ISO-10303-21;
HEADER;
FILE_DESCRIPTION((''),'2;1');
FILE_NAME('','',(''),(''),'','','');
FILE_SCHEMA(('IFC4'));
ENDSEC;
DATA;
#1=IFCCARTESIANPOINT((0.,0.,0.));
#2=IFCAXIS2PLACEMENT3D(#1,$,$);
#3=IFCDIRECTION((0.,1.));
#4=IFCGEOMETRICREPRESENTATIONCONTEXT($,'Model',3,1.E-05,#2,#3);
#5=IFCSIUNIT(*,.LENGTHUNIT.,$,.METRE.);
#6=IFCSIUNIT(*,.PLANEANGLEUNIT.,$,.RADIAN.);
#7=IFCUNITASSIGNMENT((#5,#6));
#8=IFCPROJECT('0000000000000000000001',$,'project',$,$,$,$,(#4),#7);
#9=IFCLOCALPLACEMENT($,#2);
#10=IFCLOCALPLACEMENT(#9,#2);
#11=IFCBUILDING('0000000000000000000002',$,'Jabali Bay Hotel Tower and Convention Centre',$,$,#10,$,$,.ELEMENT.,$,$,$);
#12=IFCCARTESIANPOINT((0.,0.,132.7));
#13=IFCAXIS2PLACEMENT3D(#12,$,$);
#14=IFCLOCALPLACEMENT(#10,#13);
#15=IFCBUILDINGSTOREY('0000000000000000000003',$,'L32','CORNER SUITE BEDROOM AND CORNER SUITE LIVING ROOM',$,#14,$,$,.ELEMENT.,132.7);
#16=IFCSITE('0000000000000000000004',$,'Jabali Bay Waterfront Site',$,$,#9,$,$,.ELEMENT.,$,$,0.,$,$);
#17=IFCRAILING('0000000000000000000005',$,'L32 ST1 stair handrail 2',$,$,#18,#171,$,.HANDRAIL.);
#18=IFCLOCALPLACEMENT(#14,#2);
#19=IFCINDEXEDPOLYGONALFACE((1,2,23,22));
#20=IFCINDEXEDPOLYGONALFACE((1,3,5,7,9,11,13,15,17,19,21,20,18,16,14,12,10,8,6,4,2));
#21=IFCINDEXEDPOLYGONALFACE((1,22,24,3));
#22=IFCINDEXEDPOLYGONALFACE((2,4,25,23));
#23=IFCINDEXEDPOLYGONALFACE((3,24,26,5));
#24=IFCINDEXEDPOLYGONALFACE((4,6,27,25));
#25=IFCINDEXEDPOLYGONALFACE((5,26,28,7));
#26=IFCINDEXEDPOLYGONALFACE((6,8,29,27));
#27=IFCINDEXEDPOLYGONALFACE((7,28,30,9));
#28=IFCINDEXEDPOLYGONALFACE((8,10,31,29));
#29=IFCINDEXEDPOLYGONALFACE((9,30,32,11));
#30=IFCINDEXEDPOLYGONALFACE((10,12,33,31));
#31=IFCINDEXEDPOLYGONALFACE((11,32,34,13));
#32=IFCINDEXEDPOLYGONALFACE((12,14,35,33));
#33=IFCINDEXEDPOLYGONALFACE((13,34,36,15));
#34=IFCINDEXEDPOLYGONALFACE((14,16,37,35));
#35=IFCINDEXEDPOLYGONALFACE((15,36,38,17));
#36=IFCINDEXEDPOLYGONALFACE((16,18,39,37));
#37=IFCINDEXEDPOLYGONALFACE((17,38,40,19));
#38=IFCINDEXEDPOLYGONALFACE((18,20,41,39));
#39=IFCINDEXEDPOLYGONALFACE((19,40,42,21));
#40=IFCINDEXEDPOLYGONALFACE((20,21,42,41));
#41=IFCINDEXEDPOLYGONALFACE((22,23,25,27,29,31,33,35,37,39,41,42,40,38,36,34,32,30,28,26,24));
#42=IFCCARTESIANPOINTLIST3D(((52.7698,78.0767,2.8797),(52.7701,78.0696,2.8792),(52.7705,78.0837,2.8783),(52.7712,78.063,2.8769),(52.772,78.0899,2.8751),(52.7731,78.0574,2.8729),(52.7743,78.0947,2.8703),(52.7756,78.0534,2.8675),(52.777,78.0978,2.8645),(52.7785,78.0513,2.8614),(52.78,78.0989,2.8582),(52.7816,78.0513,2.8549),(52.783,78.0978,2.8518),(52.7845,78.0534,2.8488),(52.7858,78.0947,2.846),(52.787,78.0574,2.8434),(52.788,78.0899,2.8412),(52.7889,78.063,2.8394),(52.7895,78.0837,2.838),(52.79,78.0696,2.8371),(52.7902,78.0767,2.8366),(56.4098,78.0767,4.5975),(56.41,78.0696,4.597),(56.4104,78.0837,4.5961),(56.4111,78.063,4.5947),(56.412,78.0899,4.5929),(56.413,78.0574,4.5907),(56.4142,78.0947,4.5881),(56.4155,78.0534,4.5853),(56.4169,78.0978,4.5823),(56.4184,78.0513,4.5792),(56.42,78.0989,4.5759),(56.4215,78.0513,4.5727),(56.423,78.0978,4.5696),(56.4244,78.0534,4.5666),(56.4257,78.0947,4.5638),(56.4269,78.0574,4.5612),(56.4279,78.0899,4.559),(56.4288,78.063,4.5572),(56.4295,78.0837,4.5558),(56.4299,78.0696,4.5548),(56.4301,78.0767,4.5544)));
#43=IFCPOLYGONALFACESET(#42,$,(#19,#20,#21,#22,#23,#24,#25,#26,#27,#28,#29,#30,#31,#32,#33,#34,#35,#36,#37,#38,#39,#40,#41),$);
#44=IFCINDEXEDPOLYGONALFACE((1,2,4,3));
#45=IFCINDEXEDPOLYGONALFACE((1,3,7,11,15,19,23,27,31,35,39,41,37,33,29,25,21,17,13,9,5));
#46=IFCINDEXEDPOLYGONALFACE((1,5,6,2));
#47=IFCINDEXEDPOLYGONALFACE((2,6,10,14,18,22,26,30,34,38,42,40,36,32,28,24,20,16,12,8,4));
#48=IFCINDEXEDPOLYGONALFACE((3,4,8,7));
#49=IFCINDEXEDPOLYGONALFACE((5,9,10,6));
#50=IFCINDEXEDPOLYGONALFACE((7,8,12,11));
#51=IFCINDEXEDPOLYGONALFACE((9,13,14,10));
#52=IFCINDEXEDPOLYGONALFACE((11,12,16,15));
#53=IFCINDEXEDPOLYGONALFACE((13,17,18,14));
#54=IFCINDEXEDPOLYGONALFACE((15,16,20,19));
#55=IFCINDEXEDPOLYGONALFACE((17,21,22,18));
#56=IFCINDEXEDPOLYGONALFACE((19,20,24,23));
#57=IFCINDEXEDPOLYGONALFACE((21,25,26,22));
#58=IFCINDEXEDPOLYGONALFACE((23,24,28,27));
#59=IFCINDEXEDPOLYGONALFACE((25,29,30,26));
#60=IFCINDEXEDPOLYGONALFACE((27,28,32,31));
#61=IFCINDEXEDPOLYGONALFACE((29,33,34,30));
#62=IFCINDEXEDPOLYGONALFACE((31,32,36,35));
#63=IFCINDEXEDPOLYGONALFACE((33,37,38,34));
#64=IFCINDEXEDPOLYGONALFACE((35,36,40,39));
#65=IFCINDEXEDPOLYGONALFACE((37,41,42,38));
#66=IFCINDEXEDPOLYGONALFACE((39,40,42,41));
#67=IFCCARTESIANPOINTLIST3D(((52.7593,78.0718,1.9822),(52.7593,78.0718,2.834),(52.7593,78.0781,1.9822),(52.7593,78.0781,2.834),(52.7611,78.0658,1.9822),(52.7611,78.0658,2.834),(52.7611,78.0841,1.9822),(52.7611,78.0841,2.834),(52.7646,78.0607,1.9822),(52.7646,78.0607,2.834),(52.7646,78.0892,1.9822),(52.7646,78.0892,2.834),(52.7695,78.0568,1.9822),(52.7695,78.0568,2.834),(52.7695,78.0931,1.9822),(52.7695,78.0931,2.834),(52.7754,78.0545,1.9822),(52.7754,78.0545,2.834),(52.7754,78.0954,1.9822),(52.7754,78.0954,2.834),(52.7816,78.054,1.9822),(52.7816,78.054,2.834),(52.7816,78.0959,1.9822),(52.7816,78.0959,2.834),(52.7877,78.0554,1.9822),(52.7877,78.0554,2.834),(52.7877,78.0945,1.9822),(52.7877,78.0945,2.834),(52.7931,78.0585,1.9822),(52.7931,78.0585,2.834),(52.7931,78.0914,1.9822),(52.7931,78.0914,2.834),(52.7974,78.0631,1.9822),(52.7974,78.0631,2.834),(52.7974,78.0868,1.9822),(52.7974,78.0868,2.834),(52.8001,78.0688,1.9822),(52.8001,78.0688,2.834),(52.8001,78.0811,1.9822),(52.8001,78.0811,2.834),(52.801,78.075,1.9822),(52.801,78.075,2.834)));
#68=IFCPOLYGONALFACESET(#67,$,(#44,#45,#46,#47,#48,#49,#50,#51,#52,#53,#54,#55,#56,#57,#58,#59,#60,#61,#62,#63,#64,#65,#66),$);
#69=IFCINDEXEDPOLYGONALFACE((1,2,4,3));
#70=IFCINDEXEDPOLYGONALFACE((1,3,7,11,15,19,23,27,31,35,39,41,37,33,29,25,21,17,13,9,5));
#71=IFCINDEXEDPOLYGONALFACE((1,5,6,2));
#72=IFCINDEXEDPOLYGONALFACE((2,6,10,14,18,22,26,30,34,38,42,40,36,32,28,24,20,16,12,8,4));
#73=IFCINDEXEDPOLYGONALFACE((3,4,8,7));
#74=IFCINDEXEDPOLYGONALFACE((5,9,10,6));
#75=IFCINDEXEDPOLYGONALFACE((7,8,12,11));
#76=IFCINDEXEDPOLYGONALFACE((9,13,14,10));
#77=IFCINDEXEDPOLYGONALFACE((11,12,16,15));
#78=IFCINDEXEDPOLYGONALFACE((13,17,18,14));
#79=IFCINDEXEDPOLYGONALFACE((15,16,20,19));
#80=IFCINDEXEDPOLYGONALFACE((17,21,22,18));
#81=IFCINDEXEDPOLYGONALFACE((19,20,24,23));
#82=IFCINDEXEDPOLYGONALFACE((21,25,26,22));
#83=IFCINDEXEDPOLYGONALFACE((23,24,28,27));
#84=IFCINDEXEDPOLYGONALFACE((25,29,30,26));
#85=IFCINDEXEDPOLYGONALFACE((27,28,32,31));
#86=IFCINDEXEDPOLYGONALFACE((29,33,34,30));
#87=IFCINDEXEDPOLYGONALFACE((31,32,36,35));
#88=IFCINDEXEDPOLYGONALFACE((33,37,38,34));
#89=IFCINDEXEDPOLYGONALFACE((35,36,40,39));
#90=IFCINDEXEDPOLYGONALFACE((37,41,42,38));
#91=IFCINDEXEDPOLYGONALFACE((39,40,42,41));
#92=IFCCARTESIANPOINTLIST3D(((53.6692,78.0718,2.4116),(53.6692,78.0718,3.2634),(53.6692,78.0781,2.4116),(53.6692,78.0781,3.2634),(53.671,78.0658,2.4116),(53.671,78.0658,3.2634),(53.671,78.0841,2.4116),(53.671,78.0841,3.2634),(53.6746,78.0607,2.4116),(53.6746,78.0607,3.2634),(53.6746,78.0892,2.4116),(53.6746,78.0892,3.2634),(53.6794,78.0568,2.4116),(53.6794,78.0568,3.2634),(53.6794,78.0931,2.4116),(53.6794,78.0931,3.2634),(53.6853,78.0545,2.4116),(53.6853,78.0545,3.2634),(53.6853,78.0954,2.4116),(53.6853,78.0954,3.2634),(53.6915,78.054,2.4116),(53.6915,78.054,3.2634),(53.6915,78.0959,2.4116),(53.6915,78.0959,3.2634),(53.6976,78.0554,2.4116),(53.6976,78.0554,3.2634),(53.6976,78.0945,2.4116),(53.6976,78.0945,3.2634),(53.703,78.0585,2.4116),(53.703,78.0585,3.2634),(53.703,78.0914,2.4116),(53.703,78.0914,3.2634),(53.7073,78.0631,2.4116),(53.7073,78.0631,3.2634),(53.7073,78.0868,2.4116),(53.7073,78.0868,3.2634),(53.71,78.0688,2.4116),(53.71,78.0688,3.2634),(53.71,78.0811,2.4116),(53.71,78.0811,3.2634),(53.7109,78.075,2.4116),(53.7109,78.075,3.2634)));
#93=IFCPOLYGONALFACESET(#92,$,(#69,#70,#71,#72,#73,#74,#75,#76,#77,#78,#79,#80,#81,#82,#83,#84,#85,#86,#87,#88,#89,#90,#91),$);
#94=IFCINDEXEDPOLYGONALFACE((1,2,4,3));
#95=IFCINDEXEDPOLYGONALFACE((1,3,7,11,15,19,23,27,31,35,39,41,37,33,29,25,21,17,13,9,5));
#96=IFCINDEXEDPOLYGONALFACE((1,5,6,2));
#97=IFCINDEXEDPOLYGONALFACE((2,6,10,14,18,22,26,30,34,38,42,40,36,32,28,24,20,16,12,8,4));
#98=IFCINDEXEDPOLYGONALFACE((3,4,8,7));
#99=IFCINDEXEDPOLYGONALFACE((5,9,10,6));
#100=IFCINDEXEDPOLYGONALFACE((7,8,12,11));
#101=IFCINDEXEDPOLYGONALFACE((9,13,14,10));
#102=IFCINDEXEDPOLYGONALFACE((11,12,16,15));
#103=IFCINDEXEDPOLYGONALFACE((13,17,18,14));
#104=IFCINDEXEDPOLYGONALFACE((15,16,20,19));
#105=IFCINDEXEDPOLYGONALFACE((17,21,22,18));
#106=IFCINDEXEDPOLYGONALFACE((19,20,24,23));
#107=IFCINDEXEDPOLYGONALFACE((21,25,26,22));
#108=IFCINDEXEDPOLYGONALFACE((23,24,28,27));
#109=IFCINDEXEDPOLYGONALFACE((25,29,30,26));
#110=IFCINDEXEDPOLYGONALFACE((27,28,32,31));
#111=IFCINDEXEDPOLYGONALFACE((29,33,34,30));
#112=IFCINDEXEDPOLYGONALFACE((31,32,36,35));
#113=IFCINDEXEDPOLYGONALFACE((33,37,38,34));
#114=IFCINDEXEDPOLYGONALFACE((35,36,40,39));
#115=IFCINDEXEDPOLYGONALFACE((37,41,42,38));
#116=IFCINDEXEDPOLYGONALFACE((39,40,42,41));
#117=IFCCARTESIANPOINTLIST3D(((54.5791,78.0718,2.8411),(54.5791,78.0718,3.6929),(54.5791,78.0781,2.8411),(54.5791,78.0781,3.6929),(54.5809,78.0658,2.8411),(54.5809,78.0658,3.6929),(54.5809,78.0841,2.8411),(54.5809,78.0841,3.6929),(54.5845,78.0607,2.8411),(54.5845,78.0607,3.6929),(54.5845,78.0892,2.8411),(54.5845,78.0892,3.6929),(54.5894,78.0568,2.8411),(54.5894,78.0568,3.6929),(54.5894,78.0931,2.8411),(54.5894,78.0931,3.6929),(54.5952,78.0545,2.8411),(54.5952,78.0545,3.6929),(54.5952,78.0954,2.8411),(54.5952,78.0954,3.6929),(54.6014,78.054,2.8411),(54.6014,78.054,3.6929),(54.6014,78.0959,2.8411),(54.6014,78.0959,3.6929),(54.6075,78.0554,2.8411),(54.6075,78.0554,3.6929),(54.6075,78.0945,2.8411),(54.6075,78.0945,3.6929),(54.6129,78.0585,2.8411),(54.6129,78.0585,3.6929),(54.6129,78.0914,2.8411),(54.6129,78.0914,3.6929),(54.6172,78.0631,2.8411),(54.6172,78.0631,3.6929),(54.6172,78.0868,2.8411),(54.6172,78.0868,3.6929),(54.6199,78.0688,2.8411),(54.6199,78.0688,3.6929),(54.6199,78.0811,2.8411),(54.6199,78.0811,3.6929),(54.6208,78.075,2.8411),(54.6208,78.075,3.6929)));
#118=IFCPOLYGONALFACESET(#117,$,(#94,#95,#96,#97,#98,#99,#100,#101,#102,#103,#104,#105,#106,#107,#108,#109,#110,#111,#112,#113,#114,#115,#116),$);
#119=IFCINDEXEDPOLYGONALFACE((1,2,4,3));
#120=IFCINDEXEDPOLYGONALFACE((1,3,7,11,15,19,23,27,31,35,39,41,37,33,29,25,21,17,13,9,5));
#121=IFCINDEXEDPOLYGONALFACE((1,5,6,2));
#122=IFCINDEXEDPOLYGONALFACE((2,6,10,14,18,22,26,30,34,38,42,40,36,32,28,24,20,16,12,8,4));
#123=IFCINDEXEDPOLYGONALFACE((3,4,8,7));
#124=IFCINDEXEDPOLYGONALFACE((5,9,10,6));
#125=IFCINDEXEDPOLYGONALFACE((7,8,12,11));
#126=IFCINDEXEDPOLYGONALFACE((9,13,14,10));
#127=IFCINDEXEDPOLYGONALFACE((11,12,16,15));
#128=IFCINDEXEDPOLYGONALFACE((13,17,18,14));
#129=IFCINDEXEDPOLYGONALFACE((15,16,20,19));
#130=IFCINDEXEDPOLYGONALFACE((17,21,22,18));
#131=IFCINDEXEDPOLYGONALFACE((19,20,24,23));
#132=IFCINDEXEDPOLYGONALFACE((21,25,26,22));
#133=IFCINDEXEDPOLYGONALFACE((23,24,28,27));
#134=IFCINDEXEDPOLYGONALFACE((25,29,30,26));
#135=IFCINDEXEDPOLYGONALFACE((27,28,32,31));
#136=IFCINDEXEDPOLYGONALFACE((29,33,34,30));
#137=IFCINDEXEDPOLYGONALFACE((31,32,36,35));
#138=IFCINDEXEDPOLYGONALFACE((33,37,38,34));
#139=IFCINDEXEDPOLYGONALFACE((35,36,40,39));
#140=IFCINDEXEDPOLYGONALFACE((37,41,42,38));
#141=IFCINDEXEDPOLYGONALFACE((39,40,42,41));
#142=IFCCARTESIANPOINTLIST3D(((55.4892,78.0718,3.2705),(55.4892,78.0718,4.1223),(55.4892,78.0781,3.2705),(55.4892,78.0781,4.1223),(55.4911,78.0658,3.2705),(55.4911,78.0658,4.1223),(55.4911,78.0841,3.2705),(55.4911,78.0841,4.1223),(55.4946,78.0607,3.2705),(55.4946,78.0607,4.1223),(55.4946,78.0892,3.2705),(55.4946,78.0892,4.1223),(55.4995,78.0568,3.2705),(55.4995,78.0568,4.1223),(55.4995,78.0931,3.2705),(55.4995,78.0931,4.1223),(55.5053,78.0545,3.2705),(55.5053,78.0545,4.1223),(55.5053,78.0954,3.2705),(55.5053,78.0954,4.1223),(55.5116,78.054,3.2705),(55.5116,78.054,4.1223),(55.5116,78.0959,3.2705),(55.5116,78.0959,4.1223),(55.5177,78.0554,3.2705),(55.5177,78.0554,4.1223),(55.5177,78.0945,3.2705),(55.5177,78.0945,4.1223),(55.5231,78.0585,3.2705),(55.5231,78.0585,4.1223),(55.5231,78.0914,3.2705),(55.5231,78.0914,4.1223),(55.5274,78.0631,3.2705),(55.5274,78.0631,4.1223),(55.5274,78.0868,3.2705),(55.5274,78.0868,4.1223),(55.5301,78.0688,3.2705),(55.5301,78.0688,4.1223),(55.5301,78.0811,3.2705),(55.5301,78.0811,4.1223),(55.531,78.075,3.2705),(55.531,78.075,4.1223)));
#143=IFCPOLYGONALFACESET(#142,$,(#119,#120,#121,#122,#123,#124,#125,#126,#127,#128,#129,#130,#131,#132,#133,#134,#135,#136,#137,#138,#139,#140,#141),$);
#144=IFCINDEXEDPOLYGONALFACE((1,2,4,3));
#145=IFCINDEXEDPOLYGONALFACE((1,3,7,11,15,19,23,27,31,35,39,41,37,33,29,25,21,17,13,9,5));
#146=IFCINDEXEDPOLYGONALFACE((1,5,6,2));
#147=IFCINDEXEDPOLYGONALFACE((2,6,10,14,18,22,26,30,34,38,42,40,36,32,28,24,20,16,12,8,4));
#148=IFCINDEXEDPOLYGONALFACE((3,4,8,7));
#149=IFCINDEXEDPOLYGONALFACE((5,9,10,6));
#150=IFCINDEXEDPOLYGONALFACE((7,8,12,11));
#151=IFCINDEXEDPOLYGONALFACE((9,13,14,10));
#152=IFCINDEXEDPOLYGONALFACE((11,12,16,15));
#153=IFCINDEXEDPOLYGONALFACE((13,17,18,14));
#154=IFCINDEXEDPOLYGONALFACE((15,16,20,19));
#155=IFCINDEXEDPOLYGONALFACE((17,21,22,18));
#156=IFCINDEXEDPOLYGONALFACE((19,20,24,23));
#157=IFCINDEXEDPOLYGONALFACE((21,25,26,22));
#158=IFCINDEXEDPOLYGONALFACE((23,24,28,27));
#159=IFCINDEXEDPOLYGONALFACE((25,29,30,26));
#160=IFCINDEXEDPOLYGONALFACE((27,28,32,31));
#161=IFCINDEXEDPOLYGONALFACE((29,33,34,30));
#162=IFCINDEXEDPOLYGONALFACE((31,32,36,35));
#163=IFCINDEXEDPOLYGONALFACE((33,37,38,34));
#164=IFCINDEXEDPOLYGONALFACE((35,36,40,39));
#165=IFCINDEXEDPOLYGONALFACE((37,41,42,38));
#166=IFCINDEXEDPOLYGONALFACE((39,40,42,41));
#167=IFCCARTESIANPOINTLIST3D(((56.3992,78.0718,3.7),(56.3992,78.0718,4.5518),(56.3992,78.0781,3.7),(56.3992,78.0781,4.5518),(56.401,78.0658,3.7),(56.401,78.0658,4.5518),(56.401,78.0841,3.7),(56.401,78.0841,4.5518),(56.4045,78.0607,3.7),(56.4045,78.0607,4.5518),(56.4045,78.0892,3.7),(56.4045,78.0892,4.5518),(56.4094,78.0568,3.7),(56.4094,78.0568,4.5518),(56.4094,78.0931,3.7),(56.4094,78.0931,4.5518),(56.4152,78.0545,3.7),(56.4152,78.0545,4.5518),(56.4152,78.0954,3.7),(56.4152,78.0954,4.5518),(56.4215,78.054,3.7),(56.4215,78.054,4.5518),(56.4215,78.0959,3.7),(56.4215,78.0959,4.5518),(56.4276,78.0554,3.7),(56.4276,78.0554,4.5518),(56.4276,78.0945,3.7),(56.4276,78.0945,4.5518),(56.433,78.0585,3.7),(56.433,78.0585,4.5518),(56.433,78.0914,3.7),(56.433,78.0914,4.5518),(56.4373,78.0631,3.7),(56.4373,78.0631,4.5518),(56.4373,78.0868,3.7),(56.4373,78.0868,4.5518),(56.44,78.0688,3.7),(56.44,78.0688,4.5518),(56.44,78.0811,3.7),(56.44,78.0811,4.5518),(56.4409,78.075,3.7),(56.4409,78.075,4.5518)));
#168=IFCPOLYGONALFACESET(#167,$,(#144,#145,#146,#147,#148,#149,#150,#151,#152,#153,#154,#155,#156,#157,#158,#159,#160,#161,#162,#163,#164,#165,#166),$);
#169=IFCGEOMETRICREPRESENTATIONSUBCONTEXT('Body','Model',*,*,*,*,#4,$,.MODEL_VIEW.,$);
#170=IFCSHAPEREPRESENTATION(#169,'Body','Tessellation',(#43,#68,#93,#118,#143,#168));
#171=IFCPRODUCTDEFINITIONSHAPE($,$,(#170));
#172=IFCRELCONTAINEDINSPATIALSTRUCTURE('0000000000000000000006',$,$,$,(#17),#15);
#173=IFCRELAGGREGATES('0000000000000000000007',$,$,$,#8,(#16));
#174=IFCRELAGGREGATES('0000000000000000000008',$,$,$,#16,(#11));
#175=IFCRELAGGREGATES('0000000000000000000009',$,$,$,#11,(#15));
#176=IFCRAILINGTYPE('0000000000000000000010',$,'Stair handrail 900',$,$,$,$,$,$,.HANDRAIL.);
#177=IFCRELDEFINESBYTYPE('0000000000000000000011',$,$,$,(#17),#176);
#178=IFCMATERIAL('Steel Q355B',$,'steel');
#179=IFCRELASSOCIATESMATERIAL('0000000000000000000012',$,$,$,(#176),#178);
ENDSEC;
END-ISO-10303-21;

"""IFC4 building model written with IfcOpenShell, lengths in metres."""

from ifc_helpers import new_model, si_unit, direction, frame, origin, origin_2d, place, context, subcontext, project, spatial, circle, extrude, material, type_object, element, save


model = new_model("IFC4")

# Units and contexts
model_context = context("Model", 3, precision=1e-05, world=origin(), true_north=direction((0.0, 1.0)))
body_context = subcontext(model_context, "Body", "Model", "MODEL_VIEW")
ifc_project = project(units=[si_unit("LENGTHUNIT", "METRE"), si_unit("PLANEANGLEUNIT", "RADIAN")], contexts=[model_context])

# Site, building, storey
site_placement = place(None, origin())
site = spatial("IfcSite", under=ifc_project, at=site_placement, Name="Jabali Bay Waterfront Site", CompositionType="ELEMENT", RefElevation=0.0)
building_placement = place(site_placement, origin())
building = spatial("IfcBuilding", under=site, at=building_placement, Name="Jabali Bay Hotel Tower and Convention Centre", CompositionType="ELEMENT")
storey_placement = place(building_placement, frame((0.0, 0.0, 132.7)))
storey = spatial("IfcBuildingStorey", under=building, at=storey_placement, Name="L32", Description="CORNER SUITE BEDROOM AND CORNER SUITE LIVING ROOM", CompositionType="ELEMENT", Elevation=132.7)

# Railing
ifc_material_1 = material(Name="Steel Q355B", Category="steel")
railing_type = type_object("IfcRailingType", Name="Stair handrail 900", PredefinedType="HANDRAIL", material=ifc_material_1)
railing_placement = place(storey_placement, frame((52.78, 78.075, 1.9822)))
element("IfcRailing", 1, at=railing_placement, inside=storey, type_object=railing_type, Name="L32 ST1 stair handrail 2", PredefinedType="HANDRAIL", context=body_context, shape_type="SweptSolid", body=[
    extrude(circle(Radius=0.0239, at=origin_2d()), frame((0.0, 0.0, 0.876), z_axis=(0.904351, 0.0, 0.42679), x_axis=(0.0, 1.0, 0.0)), (0.0, 0.0, 1.0), 4.0249),
    extrude(circle(Radius=0.021, at=origin_2d()), origin(), (0.0, 0.0, 1.0), 0.8518),
    extrude(circle(Radius=0.021, at=origin_2d()), frame((0.9099, 0.0, 0.4294)), (0.0, 0.0, 1.0), 0.8518),
    extrude(circle(Radius=0.021, at=origin_2d()), frame((1.8198, 0.0, 0.8589)), (0.0, 0.0, 1.0), 0.8518),
    extrude(circle(Radius=0.021, at=origin_2d()), frame((2.73, 0.0, 1.2883)), (0.0, 0.0, 1.0), 0.8518),
    extrude(circle(Radius=0.021, at=origin_2d()), frame((3.6399, 0.0, 1.7178)), (0.0, 0.0, 1.0), 0.8518),
])

save(model, "model.ifc")
